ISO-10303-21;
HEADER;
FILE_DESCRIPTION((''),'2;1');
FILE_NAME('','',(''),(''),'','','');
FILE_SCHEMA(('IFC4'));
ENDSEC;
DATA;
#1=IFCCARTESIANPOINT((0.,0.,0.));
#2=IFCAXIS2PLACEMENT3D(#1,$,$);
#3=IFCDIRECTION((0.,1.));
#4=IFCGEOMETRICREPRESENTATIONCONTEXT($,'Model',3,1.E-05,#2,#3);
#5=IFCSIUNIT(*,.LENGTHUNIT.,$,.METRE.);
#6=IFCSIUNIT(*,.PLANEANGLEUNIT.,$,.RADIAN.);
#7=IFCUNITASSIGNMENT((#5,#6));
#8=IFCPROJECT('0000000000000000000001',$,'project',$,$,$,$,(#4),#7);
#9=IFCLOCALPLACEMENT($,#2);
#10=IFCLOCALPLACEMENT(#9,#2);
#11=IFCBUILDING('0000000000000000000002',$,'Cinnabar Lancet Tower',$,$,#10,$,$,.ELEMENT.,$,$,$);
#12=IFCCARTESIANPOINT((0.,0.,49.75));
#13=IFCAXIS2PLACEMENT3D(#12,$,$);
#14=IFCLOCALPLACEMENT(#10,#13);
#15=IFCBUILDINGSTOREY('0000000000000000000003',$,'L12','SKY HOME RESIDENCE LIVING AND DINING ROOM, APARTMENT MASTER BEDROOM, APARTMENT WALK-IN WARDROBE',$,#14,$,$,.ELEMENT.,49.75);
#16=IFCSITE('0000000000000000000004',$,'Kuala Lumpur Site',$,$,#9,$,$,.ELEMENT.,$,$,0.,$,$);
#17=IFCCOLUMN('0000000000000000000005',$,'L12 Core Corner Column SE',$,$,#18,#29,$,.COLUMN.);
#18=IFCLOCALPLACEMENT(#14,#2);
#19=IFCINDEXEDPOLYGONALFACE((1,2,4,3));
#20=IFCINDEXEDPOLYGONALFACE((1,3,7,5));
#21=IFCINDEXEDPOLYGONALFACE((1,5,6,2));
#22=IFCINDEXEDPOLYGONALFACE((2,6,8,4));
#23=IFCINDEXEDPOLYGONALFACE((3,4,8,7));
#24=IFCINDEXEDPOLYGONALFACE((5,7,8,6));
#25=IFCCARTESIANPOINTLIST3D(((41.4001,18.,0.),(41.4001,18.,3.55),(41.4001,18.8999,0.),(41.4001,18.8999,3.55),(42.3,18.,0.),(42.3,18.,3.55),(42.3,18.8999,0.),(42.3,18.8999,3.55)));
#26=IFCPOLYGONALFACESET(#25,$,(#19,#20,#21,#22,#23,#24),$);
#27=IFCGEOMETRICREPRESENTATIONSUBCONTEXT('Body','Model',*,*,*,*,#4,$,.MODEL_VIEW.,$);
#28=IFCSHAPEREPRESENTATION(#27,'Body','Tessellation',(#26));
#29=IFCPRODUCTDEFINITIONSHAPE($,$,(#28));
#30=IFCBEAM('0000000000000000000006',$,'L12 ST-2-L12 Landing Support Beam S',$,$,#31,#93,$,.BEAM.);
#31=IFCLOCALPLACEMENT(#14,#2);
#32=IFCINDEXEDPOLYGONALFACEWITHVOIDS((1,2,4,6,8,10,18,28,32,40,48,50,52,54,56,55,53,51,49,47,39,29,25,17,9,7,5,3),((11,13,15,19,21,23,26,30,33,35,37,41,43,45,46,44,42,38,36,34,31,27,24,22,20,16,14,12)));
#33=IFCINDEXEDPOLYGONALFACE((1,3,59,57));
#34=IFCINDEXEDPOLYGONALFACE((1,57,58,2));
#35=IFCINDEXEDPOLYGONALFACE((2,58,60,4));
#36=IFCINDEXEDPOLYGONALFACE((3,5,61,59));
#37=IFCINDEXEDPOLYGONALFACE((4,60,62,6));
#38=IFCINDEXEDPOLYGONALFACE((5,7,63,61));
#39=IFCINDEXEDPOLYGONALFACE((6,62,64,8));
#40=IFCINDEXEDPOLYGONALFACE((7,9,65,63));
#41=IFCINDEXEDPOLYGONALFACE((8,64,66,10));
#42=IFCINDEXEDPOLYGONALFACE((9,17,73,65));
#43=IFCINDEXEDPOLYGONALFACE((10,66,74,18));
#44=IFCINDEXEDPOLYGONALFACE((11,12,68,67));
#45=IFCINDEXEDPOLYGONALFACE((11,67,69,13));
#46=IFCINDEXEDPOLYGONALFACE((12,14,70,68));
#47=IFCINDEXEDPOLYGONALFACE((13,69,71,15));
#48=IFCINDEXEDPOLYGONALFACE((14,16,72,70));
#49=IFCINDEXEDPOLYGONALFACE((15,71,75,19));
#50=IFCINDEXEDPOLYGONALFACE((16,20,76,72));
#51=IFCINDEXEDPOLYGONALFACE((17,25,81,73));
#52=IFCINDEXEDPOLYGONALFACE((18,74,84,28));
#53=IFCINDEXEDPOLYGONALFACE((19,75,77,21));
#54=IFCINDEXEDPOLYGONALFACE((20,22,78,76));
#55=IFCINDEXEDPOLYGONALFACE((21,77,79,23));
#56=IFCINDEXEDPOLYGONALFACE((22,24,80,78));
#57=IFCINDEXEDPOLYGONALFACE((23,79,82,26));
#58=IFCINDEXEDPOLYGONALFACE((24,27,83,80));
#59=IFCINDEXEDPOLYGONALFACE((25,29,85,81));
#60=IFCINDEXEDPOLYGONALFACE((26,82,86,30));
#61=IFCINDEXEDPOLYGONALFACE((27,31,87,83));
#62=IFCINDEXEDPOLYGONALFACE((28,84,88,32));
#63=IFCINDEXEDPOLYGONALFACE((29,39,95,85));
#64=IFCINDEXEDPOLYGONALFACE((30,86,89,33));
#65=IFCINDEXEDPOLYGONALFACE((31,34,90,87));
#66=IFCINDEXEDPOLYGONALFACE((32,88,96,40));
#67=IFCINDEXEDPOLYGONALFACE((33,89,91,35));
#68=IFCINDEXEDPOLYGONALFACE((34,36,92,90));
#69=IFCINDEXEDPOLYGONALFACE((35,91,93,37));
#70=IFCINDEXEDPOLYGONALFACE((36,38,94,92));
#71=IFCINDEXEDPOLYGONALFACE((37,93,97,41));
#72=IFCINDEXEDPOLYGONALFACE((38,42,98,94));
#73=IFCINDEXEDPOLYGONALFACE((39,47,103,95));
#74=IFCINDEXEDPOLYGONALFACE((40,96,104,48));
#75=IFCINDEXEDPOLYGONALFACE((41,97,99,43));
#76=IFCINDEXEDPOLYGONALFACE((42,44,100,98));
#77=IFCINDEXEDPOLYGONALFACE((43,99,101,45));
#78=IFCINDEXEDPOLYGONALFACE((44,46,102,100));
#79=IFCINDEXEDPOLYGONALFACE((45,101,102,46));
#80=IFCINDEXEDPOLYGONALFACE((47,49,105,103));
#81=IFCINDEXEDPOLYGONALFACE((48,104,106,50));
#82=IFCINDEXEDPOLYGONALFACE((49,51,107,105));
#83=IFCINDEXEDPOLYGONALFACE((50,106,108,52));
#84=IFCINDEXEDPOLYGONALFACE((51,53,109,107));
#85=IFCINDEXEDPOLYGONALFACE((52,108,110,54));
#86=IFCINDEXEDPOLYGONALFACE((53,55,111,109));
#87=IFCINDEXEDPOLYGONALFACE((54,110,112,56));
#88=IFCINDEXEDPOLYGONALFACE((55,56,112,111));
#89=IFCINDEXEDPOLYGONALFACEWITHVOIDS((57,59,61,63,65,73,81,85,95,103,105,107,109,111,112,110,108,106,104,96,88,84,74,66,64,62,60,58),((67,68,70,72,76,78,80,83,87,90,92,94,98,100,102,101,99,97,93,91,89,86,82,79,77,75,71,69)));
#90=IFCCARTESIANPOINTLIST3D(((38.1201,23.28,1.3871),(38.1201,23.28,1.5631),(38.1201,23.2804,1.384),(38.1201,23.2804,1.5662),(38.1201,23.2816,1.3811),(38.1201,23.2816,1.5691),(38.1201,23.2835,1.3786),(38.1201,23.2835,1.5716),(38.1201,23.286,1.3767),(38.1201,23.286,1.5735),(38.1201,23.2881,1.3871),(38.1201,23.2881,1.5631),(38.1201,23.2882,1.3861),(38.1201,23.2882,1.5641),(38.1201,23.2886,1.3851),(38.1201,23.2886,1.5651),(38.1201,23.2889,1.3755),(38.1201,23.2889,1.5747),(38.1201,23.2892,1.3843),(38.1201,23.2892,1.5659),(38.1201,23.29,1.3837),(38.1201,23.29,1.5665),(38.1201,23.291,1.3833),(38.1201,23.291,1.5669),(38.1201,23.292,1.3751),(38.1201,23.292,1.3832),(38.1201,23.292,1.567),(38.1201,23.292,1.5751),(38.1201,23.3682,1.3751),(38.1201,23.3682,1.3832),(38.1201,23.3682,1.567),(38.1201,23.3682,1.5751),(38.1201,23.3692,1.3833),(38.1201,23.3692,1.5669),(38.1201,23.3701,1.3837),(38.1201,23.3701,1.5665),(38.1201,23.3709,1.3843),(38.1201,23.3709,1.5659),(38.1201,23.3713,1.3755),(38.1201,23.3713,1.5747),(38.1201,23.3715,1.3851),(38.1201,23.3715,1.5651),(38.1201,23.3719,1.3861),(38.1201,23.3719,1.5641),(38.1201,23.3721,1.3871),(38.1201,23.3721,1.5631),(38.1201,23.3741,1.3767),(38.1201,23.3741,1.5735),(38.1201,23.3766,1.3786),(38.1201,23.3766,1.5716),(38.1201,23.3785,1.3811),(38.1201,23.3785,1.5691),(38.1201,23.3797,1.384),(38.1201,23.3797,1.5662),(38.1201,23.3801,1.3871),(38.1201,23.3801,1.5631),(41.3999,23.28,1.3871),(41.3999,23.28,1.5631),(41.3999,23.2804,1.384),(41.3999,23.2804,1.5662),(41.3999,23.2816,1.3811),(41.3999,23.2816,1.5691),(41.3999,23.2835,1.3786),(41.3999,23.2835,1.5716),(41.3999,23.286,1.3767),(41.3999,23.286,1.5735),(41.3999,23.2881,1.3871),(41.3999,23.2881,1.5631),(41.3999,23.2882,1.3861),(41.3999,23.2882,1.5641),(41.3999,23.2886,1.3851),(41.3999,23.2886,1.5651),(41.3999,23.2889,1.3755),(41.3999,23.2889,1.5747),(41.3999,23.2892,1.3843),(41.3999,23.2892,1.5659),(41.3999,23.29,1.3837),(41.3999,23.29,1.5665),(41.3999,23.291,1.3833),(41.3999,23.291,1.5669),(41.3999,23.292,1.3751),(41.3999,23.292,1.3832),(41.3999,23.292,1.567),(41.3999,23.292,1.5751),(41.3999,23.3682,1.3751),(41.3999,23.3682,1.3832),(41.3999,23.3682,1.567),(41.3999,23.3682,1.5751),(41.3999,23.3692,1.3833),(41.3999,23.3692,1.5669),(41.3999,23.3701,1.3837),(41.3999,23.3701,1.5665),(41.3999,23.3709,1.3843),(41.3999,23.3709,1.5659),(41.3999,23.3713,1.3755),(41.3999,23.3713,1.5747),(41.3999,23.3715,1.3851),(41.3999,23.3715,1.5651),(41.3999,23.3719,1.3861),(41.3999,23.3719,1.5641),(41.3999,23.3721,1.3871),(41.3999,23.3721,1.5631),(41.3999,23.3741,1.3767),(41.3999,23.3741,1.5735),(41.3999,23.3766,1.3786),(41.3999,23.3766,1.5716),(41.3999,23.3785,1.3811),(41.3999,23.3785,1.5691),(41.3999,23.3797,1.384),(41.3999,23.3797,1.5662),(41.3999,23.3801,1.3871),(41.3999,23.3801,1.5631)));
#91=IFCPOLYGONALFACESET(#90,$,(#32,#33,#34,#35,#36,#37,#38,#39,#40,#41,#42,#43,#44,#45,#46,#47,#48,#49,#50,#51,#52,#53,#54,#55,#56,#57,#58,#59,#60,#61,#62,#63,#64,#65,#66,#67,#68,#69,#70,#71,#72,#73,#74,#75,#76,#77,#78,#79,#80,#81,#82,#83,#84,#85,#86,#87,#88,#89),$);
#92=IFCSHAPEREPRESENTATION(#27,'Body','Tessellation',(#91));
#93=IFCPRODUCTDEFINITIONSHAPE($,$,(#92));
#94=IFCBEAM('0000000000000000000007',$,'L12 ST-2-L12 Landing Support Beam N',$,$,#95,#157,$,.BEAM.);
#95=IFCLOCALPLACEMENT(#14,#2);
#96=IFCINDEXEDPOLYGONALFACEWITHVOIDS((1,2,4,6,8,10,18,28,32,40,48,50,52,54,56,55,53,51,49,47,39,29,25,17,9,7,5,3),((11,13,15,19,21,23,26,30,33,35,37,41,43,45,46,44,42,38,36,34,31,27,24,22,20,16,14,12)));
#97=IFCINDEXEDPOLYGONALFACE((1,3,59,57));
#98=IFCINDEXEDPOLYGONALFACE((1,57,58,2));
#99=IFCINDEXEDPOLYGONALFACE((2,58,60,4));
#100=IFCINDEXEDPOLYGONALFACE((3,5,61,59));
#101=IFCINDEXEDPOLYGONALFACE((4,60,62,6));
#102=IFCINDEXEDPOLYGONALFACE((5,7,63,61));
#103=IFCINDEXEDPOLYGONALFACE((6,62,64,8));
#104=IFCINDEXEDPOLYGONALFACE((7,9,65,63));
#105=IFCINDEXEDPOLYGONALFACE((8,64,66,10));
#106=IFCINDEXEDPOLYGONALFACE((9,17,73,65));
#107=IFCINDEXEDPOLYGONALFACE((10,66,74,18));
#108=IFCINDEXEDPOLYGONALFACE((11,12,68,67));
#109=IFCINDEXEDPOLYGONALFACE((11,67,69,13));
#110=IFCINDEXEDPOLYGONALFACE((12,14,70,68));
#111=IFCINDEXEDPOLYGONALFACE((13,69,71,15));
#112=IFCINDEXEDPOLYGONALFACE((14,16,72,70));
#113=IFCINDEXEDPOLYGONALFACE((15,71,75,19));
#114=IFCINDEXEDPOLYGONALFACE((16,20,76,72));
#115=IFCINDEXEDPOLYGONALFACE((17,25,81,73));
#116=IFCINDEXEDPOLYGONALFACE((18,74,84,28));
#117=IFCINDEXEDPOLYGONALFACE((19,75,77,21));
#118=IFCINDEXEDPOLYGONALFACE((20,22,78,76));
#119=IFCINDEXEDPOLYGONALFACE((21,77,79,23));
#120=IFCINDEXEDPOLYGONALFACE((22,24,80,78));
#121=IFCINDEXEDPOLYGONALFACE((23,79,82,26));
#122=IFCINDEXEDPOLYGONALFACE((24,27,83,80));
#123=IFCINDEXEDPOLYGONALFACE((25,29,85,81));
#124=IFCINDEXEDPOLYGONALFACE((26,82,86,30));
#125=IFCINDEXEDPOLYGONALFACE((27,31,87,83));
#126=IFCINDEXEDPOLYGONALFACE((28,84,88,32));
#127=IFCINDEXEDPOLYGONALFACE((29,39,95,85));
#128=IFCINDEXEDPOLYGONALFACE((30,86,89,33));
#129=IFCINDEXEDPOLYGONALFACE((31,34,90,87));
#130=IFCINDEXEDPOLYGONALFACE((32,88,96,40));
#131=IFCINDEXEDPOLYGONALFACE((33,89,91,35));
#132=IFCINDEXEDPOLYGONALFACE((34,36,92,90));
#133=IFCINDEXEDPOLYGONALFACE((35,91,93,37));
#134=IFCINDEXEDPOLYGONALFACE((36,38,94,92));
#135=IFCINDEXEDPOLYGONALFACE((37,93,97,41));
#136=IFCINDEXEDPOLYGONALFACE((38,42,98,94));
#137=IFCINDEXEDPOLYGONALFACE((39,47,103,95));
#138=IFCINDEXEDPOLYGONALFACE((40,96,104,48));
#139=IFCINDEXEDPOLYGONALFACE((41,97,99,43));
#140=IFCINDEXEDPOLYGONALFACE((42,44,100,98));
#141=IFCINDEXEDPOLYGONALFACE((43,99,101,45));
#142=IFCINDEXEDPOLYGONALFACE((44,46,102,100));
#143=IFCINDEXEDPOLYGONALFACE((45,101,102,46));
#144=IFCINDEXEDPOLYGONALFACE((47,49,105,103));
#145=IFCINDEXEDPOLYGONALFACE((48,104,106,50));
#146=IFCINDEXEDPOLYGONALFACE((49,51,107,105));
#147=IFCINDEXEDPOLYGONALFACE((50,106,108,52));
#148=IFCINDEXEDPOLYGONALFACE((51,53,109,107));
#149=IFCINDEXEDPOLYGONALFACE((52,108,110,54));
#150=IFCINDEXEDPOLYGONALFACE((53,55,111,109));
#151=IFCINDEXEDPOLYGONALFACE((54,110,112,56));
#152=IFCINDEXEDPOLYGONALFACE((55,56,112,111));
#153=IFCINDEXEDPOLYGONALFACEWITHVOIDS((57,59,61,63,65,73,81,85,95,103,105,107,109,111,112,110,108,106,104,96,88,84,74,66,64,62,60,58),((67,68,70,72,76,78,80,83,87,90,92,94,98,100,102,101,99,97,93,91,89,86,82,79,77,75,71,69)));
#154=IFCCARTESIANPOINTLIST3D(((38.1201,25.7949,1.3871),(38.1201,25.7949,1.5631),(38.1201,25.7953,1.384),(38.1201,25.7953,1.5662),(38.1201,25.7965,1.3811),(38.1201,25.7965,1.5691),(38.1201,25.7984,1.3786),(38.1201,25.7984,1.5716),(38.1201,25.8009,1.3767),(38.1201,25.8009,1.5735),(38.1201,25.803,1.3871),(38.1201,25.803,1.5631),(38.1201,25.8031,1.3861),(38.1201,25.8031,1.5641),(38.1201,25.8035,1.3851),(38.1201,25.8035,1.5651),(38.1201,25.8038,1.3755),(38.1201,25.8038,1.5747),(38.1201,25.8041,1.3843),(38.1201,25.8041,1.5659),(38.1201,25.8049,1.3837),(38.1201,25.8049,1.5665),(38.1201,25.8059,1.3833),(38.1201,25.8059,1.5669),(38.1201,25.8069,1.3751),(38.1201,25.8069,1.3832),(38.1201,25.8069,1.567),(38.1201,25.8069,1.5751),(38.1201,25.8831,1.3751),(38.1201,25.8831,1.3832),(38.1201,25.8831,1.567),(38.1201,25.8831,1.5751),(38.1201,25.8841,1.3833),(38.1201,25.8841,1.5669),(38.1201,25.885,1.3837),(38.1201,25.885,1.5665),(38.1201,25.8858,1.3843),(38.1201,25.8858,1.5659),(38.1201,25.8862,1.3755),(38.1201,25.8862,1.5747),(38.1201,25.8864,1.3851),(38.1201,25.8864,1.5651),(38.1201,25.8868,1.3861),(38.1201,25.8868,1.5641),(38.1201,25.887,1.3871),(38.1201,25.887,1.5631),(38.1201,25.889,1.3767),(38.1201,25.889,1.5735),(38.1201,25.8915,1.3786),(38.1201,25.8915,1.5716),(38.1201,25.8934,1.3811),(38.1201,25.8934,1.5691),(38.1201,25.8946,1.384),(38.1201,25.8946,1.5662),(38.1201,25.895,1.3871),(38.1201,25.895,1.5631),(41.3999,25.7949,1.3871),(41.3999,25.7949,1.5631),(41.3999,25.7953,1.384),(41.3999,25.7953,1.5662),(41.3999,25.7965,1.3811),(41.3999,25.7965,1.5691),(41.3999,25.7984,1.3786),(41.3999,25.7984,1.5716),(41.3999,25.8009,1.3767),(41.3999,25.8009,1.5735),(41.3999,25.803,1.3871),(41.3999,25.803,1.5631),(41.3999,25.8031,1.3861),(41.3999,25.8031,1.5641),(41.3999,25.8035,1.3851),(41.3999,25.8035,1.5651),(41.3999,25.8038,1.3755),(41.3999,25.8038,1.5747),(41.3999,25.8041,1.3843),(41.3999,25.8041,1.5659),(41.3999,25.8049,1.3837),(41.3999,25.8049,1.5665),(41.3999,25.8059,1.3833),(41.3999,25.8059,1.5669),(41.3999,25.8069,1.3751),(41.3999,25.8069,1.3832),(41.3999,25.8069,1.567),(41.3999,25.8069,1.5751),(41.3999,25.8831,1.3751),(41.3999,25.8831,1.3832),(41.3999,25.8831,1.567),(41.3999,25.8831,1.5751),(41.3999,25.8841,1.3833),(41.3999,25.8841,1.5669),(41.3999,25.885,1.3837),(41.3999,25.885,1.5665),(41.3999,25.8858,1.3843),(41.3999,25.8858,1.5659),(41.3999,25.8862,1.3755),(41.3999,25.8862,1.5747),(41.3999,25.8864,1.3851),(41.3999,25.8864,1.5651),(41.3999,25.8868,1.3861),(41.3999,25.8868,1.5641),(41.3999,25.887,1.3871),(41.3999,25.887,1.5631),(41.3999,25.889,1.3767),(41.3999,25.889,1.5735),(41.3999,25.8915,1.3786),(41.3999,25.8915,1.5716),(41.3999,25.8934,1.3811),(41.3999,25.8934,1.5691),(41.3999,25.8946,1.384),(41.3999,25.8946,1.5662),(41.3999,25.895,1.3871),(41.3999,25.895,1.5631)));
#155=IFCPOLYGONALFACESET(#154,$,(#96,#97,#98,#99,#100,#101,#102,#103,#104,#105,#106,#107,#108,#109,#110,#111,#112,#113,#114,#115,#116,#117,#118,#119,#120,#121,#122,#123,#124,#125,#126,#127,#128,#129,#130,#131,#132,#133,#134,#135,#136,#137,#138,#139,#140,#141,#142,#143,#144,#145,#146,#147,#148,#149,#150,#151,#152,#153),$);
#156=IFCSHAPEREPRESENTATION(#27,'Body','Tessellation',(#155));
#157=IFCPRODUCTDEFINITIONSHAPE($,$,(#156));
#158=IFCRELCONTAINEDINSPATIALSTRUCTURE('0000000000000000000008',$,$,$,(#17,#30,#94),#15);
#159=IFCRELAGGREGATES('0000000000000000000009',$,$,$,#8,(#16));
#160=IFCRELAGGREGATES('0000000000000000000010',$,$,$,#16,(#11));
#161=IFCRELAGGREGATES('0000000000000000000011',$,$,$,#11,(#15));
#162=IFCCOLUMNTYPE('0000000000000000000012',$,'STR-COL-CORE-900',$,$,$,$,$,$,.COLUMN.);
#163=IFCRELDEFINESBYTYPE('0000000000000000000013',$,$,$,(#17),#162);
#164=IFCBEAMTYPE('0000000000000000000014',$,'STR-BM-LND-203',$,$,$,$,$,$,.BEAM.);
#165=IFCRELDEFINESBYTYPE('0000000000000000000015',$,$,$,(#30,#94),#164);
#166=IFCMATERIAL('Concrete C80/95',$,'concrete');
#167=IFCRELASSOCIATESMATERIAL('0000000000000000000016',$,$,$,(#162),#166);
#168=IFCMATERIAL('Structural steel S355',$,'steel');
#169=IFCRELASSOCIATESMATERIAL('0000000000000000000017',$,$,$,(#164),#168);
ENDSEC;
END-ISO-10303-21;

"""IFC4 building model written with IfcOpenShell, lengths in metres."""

from ifc_helpers import new_model, si_unit, direction, frame, origin, origin_2d, place, context, subcontext, project, spatial, rectangle, hollow_rectangle, extrude, material, material_profile, profile_set, type_object, element, save


model = new_model("IFC4")

# Units and contexts
model_context = context("Model", 3, precision=1e-05, world=origin(), true_north=direction((0.0, 1.0)))
body_context = subcontext(model_context, "Body", "Model", "MODEL_VIEW")
ifc_project = project(units=[si_unit("LENGTHUNIT", "METRE"), si_unit("PLANEANGLEUNIT", "RADIAN")], contexts=[model_context])

# Site, building, storey
site_placement = place(None, origin())
site = spatial("IfcSite", under=ifc_project, at=site_placement, Name="Kuala Lumpur Site", CompositionType="ELEMENT", RefElevation=0.0)
building_placement = place(site_placement, origin())
building = spatial("IfcBuilding", under=site, at=building_placement, Name="Cinnabar Lancet Tower", CompositionType="ELEMENT")
storey_placement = place(building_placement, frame((0.0, 0.0, 49.75)))
storey = spatial("IfcBuildingStorey", under=building, at=storey_placement, Name="L12", Description="SKY HOME RESIDENCE LIVING AND DINING ROOM, APARTMENT MASTER BEDROOM, APARTMENT WALK-IN WARDROBE", CompositionType="ELEMENT", Elevation=49.75)

# Column
ifc_material_1 = material(Name="Concrete C80/95", Category="concrete")
ifc_material_profile_1 = material_profile(ifc_material_1, rectangle(XDim=0.8999, YDim=0.8999, at=origin_2d()), Name="RC-COL 900x900")
ifc_profile_set_1 = profile_set([ifc_material_profile_1], Name="Concrete C80/95")
column_type = type_object("IfcColumnType", Name="STR-COL-CORE-900", PredefinedType="COLUMN", material=ifc_profile_set_1)
column_placement = place(storey_placement, frame((41.8501, 18.45, 0.0), z_axis=(0.0, 0.0, 1.0), x_axis=(1.0, 0.0, 0.0)))
element("IfcColumn", 1, at=column_placement, inside=storey, type_object=column_type, Name="L12 Core Corner Column SE", PredefinedType="COLUMN", context=body_context, shape_type="SweptSolid", body=[
    extrude(rectangle(XDim=0.8999, YDim=0.8999, at=origin_2d()), origin(), (0.0, 0.0, 1.0), 3.55),
])

# Beams
ifc_material_2 = material(Name="Structural steel S355", Category="steel")
ifc_material_profile_2 = material_profile(ifc_material_2, hollow_rectangle(XDim=0.1001, YDim=0.2, WallThickness=0.0081, InnerFilletRadius=0.0039, OuterFilletRadius=0.012, at=origin_2d()), Name="RHS 200x100x8")
ifc_profile_set_2 = profile_set([ifc_material_profile_2], Name="Structural steel S355")
beam_type = type_object("IfcBeamType", Name="STR-BM-LND-203", PredefinedType="BEAM", material=ifc_profile_set_2)
for number, where, z_axis, x_axis, name in (
    (2, (38.1201, 23.3301, 1.4751), (1.0, 0.0, 0.0), (0.0, 1.0, 0.0), "L12 ST-2-L12 Landing Support Beam S"),
    (3, (38.1201, 25.845, 1.4751), (1.0, 0.0, 0.0), (0.0, 1.0, 0.0), "L12 ST-2-L12 Landing Support Beam N"),
):
    element("IfcBeam", number, at=place(storey_placement, frame(where, z_axis=z_axis, x_axis=x_axis)), inside=storey, type_object=beam_type, Name=name, PredefinedType="BEAM", context=body_context, shape_type="SweptSolid", body=[
        extrude(hollow_rectangle(XDim=0.1001, YDim=0.2, WallThickness=0.0081, InnerFilletRadius=0.0039, OuterFilletRadius=0.012, at=origin_2d()), origin(), (0.0, 0.0, 1.0), 3.2798),
    ])

save(model, "model.ifc")
